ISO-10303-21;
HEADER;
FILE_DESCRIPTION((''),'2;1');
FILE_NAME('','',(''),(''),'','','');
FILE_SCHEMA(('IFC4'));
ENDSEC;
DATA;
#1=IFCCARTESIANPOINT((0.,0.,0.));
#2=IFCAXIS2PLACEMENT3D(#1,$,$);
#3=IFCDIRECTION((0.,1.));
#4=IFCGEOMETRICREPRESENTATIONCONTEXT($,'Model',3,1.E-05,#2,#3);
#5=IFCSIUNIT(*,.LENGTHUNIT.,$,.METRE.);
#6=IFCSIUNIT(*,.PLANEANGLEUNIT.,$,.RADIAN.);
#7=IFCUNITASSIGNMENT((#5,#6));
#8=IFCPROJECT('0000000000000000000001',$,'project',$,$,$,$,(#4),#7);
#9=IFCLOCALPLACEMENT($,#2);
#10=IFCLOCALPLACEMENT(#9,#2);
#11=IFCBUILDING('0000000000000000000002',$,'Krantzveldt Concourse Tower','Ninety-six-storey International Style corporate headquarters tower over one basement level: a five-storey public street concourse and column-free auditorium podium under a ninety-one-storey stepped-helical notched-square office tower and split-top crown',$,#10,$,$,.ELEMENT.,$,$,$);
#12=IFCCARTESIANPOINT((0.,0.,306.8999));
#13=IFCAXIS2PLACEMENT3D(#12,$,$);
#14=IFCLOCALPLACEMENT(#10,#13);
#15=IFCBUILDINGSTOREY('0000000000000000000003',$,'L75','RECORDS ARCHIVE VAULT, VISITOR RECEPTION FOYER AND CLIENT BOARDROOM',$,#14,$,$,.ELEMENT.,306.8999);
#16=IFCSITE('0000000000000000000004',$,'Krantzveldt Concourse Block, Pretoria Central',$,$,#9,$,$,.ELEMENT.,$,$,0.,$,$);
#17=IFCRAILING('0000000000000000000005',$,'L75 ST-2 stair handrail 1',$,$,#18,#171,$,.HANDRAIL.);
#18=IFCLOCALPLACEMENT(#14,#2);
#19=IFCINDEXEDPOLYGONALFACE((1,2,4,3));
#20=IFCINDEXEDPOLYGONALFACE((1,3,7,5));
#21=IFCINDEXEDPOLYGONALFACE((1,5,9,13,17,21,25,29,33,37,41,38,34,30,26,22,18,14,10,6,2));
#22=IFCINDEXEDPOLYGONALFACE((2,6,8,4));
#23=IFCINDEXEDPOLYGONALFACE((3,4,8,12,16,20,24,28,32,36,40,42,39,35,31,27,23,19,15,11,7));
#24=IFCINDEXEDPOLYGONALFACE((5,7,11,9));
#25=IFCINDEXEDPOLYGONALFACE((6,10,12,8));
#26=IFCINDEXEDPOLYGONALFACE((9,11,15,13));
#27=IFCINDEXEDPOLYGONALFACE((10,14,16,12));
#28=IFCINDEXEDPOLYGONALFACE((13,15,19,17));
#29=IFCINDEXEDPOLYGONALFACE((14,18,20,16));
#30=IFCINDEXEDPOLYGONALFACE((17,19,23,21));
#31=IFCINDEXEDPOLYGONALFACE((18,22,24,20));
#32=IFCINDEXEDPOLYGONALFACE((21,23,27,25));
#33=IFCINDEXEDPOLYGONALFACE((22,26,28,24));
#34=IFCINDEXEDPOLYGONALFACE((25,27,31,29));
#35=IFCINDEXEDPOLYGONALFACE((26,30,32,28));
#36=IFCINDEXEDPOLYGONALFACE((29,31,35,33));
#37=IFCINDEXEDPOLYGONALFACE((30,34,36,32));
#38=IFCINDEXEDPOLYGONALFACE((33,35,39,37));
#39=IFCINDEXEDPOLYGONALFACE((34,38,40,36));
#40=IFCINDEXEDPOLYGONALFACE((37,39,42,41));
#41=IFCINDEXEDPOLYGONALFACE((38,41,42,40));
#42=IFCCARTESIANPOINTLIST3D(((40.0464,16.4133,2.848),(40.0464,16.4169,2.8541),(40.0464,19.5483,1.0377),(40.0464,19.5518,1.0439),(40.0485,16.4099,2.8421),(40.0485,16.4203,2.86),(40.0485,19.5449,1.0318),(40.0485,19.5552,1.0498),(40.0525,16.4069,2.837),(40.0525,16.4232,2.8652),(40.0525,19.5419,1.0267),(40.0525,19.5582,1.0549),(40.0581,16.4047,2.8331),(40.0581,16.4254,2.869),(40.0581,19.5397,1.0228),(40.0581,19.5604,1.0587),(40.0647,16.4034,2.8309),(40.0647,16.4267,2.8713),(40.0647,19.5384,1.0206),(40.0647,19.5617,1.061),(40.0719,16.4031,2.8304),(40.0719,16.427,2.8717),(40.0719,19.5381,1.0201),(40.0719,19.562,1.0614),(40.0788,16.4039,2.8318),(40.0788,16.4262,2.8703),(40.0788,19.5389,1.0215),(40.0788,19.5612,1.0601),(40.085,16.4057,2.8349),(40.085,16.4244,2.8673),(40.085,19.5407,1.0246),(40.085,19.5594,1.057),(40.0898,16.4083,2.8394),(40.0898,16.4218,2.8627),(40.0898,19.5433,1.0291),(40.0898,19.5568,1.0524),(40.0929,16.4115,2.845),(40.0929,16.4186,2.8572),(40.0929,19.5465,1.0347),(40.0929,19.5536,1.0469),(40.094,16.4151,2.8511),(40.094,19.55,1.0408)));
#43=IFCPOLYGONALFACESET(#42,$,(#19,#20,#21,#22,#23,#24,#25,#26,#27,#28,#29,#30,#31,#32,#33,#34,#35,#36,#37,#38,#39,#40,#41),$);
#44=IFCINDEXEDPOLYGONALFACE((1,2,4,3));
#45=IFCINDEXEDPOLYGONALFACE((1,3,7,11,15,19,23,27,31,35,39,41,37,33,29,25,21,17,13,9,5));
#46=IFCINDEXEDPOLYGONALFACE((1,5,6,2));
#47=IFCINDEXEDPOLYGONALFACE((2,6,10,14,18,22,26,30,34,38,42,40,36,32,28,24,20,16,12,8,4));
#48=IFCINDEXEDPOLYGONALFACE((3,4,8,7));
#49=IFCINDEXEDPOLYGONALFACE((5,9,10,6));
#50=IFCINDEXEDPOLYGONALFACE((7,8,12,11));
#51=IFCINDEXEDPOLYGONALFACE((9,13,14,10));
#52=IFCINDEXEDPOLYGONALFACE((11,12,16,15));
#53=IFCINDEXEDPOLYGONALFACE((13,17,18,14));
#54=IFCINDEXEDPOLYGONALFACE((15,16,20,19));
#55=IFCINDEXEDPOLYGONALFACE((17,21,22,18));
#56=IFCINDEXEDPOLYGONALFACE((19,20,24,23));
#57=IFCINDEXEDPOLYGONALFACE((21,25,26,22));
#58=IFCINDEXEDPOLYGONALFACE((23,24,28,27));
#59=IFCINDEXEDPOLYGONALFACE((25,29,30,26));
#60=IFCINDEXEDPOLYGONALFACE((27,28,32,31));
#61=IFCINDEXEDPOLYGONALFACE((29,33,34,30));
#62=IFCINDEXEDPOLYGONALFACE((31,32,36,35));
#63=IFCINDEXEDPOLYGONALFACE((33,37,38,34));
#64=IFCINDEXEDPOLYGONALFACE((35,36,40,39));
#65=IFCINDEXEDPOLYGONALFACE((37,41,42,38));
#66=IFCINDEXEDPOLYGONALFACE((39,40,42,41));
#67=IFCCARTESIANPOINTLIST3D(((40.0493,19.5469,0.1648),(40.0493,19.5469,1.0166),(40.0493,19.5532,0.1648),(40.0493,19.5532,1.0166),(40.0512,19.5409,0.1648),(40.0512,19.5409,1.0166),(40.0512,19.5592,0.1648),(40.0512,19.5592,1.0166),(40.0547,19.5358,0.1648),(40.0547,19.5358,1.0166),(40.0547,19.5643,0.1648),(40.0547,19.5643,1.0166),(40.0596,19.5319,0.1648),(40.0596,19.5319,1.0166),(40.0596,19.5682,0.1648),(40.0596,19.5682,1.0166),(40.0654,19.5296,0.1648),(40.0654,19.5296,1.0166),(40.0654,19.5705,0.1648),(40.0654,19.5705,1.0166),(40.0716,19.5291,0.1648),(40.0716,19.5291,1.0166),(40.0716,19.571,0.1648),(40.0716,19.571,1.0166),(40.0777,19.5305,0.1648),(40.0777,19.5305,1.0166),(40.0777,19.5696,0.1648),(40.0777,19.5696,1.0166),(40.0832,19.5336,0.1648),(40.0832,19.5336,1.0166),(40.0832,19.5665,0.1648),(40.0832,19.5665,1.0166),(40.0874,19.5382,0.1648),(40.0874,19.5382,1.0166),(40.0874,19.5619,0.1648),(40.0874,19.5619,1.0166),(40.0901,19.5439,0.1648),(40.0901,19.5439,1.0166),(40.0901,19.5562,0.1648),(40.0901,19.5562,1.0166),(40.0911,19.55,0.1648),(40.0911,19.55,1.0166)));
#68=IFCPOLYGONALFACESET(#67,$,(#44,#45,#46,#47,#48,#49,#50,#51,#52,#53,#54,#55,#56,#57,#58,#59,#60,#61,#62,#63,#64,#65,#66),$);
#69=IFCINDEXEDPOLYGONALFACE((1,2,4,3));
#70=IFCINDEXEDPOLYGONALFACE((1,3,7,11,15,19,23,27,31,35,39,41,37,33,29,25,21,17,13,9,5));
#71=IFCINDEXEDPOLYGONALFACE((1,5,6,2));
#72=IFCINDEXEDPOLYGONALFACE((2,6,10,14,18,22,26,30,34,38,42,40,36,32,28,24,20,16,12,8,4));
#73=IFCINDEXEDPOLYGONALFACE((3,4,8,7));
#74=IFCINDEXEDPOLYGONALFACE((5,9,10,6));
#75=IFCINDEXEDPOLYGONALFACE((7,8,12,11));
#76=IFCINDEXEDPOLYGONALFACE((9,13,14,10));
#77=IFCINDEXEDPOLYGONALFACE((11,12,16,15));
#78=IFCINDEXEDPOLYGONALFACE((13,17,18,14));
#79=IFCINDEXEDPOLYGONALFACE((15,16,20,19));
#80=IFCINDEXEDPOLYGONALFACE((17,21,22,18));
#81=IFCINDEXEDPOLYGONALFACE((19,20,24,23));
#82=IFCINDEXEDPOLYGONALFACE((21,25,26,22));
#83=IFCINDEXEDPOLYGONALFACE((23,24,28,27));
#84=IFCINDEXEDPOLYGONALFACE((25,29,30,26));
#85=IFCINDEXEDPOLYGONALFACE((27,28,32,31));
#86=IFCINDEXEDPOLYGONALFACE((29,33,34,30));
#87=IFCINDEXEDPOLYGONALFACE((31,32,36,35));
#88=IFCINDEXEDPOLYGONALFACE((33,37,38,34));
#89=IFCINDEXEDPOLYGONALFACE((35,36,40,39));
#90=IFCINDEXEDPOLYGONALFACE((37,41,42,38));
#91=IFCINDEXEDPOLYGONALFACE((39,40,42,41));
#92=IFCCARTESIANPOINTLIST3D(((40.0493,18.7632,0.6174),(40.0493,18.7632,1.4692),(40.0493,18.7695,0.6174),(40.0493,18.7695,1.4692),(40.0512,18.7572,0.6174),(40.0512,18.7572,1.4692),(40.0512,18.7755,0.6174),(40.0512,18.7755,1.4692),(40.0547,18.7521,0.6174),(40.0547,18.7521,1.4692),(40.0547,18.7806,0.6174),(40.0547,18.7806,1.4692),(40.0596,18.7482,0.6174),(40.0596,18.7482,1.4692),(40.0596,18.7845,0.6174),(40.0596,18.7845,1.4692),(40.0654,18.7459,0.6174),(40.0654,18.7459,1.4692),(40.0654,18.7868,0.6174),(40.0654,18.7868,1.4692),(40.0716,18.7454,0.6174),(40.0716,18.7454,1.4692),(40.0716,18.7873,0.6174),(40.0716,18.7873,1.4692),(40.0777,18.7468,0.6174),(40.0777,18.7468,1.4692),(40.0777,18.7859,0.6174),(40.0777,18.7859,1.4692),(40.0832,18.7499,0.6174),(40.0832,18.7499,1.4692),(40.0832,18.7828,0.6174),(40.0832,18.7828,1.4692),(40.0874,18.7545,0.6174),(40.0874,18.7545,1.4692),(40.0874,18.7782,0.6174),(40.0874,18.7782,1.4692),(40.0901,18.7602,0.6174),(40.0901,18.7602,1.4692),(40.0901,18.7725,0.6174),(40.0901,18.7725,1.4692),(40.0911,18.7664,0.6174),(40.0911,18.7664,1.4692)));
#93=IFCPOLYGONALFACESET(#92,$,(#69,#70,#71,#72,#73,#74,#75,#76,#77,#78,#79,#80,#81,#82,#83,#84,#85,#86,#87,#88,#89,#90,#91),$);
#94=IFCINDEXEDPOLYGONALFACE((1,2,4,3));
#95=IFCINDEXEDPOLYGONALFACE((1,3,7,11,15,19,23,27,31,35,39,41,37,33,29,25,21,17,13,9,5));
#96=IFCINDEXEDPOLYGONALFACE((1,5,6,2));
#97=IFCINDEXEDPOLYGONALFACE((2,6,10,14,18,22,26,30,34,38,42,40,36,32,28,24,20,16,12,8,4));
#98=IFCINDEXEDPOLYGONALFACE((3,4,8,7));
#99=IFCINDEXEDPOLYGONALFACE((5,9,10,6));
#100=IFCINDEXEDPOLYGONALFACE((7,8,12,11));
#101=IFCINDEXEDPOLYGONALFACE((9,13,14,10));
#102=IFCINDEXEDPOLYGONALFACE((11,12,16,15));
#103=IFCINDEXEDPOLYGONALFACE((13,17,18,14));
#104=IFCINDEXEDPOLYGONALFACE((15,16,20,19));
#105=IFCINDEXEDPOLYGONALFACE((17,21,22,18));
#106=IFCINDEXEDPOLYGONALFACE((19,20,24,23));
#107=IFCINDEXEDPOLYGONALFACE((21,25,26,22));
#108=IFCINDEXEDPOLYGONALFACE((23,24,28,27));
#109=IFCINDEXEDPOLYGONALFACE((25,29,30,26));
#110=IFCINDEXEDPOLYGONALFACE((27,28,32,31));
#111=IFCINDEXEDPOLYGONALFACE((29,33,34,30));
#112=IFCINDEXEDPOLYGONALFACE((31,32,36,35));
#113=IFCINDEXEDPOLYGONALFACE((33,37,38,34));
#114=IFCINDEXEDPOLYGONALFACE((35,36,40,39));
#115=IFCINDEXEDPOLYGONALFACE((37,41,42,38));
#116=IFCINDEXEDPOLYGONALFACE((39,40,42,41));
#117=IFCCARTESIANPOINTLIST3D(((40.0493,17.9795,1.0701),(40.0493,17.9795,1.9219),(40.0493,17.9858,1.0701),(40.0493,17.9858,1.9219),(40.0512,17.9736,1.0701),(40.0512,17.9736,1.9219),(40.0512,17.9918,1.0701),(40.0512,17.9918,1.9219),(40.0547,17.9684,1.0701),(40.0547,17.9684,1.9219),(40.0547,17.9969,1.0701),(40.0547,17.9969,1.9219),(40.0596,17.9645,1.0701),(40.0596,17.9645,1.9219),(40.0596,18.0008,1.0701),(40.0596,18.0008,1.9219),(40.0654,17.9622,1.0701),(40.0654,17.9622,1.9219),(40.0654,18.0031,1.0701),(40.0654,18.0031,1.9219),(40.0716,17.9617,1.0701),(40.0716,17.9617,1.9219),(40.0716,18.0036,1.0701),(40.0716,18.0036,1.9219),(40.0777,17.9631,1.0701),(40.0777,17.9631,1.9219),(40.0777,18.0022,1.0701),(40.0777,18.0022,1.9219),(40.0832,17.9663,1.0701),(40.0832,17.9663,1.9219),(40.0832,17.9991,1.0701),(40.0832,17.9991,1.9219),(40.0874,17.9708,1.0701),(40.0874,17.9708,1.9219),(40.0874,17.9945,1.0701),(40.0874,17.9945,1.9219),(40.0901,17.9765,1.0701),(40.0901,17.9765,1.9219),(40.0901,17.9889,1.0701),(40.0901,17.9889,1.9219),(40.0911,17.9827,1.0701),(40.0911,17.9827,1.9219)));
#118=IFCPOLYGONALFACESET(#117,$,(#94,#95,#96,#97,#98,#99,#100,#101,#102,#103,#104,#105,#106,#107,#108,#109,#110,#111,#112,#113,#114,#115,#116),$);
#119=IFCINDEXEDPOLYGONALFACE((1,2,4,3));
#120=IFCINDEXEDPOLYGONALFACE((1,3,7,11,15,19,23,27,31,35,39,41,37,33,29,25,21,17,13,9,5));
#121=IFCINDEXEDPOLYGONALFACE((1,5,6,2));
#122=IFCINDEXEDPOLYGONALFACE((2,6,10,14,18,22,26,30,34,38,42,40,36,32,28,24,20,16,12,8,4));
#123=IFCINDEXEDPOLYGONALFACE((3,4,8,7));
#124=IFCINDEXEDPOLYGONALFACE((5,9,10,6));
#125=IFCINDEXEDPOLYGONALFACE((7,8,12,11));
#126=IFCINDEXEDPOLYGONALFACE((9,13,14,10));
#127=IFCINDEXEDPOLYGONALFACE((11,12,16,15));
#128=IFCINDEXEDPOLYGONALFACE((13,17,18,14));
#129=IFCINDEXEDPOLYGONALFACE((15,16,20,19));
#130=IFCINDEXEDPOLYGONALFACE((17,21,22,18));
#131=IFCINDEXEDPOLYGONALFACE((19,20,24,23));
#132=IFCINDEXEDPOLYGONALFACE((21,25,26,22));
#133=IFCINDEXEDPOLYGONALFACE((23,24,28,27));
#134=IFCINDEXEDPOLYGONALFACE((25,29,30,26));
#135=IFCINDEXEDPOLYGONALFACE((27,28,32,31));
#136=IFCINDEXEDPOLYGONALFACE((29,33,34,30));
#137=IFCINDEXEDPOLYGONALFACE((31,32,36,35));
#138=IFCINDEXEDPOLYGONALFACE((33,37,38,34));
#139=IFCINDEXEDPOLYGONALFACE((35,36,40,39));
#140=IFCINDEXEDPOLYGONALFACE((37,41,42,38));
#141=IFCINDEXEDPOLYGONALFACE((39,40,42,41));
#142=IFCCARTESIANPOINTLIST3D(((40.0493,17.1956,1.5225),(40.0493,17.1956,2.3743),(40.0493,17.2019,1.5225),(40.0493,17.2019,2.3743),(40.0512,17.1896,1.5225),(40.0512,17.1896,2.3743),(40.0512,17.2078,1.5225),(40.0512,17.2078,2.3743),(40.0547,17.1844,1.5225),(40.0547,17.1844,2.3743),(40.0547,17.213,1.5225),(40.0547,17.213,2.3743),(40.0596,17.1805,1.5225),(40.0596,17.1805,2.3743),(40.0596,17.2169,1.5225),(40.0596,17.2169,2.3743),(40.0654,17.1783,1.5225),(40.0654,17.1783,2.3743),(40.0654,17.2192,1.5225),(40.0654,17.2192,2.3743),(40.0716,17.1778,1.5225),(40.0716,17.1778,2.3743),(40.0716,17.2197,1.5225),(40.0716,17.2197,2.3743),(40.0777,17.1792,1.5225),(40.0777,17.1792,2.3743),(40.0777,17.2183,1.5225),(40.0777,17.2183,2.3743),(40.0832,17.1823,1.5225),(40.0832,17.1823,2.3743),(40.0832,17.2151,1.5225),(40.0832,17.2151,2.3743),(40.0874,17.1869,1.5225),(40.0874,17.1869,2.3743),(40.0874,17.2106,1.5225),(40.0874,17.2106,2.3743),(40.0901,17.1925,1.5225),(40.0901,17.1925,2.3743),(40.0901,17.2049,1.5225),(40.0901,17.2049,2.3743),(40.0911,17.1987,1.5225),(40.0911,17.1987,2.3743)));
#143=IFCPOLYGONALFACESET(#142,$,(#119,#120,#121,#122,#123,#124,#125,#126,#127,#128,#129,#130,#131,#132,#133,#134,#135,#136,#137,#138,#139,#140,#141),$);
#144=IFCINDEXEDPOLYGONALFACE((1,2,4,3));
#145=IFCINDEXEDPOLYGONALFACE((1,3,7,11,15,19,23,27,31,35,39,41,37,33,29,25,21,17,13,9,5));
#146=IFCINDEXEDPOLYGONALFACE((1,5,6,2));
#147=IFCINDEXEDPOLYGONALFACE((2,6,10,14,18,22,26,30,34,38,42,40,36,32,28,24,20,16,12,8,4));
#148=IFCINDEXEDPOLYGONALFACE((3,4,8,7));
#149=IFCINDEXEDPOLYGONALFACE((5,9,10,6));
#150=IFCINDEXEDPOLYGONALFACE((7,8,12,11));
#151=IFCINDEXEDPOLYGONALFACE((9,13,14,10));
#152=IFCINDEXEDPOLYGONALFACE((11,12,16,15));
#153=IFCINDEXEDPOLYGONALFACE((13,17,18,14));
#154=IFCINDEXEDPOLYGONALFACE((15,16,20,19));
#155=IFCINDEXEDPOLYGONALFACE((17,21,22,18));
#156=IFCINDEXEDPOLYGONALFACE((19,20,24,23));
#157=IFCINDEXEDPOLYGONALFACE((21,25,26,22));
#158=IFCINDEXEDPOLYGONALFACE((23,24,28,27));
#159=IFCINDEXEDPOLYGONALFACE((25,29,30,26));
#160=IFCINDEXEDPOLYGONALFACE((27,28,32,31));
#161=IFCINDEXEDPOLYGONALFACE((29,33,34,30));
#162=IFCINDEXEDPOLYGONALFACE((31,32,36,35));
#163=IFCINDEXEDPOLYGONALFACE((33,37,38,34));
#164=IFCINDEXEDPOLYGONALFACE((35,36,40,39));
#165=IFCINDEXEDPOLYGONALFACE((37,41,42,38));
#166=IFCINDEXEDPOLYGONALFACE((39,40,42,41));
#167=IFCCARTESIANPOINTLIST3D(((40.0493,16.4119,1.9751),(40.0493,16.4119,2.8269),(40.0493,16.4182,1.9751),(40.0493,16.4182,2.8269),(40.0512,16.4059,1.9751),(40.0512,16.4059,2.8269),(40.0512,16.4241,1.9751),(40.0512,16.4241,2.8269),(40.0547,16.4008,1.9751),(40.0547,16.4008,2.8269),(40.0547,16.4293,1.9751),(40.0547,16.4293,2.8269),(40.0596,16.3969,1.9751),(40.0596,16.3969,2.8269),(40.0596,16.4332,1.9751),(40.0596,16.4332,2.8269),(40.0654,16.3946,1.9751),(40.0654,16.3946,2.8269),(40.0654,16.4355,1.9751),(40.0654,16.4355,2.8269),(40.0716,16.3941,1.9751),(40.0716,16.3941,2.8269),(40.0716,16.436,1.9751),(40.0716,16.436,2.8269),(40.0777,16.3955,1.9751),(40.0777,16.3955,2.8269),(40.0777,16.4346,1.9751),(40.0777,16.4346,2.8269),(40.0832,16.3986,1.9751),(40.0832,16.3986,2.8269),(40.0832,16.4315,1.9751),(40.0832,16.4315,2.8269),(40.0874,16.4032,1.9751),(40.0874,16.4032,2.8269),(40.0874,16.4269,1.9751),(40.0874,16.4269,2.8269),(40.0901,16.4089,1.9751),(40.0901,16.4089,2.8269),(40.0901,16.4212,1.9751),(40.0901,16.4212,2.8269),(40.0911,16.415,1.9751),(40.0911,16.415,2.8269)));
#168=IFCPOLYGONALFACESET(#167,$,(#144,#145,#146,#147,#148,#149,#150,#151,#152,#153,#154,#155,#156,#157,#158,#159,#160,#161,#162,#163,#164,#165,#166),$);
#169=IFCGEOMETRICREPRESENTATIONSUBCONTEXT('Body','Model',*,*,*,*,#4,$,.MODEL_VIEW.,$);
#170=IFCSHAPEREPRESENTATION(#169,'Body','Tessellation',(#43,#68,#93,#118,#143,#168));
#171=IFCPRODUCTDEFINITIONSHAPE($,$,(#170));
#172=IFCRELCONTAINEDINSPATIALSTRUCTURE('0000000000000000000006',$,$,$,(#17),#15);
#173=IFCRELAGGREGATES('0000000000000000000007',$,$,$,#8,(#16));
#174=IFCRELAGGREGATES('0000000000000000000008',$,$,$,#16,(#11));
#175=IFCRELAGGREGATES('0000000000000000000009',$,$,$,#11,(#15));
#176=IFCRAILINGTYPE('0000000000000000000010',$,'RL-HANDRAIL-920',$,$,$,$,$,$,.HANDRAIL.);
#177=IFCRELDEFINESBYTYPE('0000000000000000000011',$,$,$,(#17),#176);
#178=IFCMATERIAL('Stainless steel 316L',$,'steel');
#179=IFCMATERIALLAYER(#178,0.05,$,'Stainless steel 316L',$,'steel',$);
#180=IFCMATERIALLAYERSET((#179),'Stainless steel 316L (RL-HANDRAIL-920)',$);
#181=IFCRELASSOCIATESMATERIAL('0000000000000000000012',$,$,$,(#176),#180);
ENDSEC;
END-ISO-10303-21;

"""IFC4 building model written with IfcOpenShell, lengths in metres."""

from ifc_helpers import new_model, si_unit, direction, frame, origin, origin_2d, place, context, subcontext, project, spatial, circle, extrude, material, layer, layer_set, type_object, element, save


model = new_model("IFC4")

# Units and contexts
model_context = context("Model", 3, precision=1e-05, world=origin(), true_north=direction((0.0, 1.0)))
body_context = subcontext(model_context, "Body", "Model", "MODEL_VIEW")
ifc_project = project(units=[si_unit("LENGTHUNIT", "METRE"), si_unit("PLANEANGLEUNIT", "RADIAN")], contexts=[model_context])

# Site, building, storey
site_placement = place(None, origin())
site = spatial("IfcSite", under=ifc_project, at=site_placement, Name="Krantzveldt Concourse Block, Pretoria Central", CompositionType="ELEMENT", RefElevation=0.0)
building_placement = place(site_placement, origin())
building = spatial("IfcBuilding", under=site, at=building_placement, Name="Krantzveldt Concourse Tower", Description="Ninety-six-storey International Style corporate headquarters tower over one basement level: a five-storey public street concourse and column-free auditorium podium under a ninety-one-storey stepped-helical notched-square office tower and split-top crown", CompositionType="ELEMENT")
storey_placement = place(building_placement, frame((0.0, 0.0, 306.8999)))
storey = spatial("IfcBuildingStorey", under=building, at=storey_placement, Name="L75", Description="RECORDS ARCHIVE VAULT, VISITOR RECEPTION FOYER AND CLIENT BOARDROOM", CompositionType="ELEMENT", Elevation=306.8999)

# Shared definitions
ifc_material_1 = material(Name="Stainless steel 316L", Category="steel")

# Railing
ifc_layer_1 = layer(ifc_material_1, 0.05, Name="Stainless steel 316L", Category="steel")
ifc_layer_set_1 = layer_set([ifc_layer_1], Name="Stainless steel 316L (RL-HANDRAIL-920)")
railing_type_1 = type_object("IfcRailingType", Name="RL-HANDRAIL-920", PredefinedType="HANDRAIL", material=ifc_layer_set_1)
railing_1_placement = place(storey_placement, frame((40.0701, 19.55, 0.1648)))
element("IfcRailing", 1, at=railing_1_placement, inside=storey, type_object=railing_type_1, Name="L75 ST-2 stair handrail 1", PredefinedType="HANDRAIL", context=body_context, shape_type="SweptSolid", body=[
    extrude(circle(Radius=0.0239, at=origin_2d()), frame((0.0, 0.0, 0.876), z_axis=(0.0, -0.865989, 0.500063), x_axis=(1.0, 0.0, 0.0)), (0.0, 0.0, 1.0), 3.6201),
    extrude(circle(Radius=0.021, at=origin_2d()), origin(), (0.0, 0.0, 1.0), 0.8518),
    extrude(circle(Radius=0.021, at=origin_2d()), frame((0.0, -0.7837, 0.4526)), (0.0, 0.0, 1.0), 0.8518),
    extrude(circle(Radius=0.021, at=origin_2d()), frame((0.0, -1.5674, 0.9053)), (0.0, 0.0, 1.0), 0.8518),
    extrude(circle(Radius=0.021, at=origin_2d()), frame((0.0, -2.3513, 1.3577)), (0.0, 0.0, 1.0), 0.8518),
    extrude(circle(Radius=0.021, at=origin_2d()), frame((0.0, -3.135, 1.8103)), (0.0, 0.0, 1.0), 0.8518),
])

save(model, "model.ifc")
